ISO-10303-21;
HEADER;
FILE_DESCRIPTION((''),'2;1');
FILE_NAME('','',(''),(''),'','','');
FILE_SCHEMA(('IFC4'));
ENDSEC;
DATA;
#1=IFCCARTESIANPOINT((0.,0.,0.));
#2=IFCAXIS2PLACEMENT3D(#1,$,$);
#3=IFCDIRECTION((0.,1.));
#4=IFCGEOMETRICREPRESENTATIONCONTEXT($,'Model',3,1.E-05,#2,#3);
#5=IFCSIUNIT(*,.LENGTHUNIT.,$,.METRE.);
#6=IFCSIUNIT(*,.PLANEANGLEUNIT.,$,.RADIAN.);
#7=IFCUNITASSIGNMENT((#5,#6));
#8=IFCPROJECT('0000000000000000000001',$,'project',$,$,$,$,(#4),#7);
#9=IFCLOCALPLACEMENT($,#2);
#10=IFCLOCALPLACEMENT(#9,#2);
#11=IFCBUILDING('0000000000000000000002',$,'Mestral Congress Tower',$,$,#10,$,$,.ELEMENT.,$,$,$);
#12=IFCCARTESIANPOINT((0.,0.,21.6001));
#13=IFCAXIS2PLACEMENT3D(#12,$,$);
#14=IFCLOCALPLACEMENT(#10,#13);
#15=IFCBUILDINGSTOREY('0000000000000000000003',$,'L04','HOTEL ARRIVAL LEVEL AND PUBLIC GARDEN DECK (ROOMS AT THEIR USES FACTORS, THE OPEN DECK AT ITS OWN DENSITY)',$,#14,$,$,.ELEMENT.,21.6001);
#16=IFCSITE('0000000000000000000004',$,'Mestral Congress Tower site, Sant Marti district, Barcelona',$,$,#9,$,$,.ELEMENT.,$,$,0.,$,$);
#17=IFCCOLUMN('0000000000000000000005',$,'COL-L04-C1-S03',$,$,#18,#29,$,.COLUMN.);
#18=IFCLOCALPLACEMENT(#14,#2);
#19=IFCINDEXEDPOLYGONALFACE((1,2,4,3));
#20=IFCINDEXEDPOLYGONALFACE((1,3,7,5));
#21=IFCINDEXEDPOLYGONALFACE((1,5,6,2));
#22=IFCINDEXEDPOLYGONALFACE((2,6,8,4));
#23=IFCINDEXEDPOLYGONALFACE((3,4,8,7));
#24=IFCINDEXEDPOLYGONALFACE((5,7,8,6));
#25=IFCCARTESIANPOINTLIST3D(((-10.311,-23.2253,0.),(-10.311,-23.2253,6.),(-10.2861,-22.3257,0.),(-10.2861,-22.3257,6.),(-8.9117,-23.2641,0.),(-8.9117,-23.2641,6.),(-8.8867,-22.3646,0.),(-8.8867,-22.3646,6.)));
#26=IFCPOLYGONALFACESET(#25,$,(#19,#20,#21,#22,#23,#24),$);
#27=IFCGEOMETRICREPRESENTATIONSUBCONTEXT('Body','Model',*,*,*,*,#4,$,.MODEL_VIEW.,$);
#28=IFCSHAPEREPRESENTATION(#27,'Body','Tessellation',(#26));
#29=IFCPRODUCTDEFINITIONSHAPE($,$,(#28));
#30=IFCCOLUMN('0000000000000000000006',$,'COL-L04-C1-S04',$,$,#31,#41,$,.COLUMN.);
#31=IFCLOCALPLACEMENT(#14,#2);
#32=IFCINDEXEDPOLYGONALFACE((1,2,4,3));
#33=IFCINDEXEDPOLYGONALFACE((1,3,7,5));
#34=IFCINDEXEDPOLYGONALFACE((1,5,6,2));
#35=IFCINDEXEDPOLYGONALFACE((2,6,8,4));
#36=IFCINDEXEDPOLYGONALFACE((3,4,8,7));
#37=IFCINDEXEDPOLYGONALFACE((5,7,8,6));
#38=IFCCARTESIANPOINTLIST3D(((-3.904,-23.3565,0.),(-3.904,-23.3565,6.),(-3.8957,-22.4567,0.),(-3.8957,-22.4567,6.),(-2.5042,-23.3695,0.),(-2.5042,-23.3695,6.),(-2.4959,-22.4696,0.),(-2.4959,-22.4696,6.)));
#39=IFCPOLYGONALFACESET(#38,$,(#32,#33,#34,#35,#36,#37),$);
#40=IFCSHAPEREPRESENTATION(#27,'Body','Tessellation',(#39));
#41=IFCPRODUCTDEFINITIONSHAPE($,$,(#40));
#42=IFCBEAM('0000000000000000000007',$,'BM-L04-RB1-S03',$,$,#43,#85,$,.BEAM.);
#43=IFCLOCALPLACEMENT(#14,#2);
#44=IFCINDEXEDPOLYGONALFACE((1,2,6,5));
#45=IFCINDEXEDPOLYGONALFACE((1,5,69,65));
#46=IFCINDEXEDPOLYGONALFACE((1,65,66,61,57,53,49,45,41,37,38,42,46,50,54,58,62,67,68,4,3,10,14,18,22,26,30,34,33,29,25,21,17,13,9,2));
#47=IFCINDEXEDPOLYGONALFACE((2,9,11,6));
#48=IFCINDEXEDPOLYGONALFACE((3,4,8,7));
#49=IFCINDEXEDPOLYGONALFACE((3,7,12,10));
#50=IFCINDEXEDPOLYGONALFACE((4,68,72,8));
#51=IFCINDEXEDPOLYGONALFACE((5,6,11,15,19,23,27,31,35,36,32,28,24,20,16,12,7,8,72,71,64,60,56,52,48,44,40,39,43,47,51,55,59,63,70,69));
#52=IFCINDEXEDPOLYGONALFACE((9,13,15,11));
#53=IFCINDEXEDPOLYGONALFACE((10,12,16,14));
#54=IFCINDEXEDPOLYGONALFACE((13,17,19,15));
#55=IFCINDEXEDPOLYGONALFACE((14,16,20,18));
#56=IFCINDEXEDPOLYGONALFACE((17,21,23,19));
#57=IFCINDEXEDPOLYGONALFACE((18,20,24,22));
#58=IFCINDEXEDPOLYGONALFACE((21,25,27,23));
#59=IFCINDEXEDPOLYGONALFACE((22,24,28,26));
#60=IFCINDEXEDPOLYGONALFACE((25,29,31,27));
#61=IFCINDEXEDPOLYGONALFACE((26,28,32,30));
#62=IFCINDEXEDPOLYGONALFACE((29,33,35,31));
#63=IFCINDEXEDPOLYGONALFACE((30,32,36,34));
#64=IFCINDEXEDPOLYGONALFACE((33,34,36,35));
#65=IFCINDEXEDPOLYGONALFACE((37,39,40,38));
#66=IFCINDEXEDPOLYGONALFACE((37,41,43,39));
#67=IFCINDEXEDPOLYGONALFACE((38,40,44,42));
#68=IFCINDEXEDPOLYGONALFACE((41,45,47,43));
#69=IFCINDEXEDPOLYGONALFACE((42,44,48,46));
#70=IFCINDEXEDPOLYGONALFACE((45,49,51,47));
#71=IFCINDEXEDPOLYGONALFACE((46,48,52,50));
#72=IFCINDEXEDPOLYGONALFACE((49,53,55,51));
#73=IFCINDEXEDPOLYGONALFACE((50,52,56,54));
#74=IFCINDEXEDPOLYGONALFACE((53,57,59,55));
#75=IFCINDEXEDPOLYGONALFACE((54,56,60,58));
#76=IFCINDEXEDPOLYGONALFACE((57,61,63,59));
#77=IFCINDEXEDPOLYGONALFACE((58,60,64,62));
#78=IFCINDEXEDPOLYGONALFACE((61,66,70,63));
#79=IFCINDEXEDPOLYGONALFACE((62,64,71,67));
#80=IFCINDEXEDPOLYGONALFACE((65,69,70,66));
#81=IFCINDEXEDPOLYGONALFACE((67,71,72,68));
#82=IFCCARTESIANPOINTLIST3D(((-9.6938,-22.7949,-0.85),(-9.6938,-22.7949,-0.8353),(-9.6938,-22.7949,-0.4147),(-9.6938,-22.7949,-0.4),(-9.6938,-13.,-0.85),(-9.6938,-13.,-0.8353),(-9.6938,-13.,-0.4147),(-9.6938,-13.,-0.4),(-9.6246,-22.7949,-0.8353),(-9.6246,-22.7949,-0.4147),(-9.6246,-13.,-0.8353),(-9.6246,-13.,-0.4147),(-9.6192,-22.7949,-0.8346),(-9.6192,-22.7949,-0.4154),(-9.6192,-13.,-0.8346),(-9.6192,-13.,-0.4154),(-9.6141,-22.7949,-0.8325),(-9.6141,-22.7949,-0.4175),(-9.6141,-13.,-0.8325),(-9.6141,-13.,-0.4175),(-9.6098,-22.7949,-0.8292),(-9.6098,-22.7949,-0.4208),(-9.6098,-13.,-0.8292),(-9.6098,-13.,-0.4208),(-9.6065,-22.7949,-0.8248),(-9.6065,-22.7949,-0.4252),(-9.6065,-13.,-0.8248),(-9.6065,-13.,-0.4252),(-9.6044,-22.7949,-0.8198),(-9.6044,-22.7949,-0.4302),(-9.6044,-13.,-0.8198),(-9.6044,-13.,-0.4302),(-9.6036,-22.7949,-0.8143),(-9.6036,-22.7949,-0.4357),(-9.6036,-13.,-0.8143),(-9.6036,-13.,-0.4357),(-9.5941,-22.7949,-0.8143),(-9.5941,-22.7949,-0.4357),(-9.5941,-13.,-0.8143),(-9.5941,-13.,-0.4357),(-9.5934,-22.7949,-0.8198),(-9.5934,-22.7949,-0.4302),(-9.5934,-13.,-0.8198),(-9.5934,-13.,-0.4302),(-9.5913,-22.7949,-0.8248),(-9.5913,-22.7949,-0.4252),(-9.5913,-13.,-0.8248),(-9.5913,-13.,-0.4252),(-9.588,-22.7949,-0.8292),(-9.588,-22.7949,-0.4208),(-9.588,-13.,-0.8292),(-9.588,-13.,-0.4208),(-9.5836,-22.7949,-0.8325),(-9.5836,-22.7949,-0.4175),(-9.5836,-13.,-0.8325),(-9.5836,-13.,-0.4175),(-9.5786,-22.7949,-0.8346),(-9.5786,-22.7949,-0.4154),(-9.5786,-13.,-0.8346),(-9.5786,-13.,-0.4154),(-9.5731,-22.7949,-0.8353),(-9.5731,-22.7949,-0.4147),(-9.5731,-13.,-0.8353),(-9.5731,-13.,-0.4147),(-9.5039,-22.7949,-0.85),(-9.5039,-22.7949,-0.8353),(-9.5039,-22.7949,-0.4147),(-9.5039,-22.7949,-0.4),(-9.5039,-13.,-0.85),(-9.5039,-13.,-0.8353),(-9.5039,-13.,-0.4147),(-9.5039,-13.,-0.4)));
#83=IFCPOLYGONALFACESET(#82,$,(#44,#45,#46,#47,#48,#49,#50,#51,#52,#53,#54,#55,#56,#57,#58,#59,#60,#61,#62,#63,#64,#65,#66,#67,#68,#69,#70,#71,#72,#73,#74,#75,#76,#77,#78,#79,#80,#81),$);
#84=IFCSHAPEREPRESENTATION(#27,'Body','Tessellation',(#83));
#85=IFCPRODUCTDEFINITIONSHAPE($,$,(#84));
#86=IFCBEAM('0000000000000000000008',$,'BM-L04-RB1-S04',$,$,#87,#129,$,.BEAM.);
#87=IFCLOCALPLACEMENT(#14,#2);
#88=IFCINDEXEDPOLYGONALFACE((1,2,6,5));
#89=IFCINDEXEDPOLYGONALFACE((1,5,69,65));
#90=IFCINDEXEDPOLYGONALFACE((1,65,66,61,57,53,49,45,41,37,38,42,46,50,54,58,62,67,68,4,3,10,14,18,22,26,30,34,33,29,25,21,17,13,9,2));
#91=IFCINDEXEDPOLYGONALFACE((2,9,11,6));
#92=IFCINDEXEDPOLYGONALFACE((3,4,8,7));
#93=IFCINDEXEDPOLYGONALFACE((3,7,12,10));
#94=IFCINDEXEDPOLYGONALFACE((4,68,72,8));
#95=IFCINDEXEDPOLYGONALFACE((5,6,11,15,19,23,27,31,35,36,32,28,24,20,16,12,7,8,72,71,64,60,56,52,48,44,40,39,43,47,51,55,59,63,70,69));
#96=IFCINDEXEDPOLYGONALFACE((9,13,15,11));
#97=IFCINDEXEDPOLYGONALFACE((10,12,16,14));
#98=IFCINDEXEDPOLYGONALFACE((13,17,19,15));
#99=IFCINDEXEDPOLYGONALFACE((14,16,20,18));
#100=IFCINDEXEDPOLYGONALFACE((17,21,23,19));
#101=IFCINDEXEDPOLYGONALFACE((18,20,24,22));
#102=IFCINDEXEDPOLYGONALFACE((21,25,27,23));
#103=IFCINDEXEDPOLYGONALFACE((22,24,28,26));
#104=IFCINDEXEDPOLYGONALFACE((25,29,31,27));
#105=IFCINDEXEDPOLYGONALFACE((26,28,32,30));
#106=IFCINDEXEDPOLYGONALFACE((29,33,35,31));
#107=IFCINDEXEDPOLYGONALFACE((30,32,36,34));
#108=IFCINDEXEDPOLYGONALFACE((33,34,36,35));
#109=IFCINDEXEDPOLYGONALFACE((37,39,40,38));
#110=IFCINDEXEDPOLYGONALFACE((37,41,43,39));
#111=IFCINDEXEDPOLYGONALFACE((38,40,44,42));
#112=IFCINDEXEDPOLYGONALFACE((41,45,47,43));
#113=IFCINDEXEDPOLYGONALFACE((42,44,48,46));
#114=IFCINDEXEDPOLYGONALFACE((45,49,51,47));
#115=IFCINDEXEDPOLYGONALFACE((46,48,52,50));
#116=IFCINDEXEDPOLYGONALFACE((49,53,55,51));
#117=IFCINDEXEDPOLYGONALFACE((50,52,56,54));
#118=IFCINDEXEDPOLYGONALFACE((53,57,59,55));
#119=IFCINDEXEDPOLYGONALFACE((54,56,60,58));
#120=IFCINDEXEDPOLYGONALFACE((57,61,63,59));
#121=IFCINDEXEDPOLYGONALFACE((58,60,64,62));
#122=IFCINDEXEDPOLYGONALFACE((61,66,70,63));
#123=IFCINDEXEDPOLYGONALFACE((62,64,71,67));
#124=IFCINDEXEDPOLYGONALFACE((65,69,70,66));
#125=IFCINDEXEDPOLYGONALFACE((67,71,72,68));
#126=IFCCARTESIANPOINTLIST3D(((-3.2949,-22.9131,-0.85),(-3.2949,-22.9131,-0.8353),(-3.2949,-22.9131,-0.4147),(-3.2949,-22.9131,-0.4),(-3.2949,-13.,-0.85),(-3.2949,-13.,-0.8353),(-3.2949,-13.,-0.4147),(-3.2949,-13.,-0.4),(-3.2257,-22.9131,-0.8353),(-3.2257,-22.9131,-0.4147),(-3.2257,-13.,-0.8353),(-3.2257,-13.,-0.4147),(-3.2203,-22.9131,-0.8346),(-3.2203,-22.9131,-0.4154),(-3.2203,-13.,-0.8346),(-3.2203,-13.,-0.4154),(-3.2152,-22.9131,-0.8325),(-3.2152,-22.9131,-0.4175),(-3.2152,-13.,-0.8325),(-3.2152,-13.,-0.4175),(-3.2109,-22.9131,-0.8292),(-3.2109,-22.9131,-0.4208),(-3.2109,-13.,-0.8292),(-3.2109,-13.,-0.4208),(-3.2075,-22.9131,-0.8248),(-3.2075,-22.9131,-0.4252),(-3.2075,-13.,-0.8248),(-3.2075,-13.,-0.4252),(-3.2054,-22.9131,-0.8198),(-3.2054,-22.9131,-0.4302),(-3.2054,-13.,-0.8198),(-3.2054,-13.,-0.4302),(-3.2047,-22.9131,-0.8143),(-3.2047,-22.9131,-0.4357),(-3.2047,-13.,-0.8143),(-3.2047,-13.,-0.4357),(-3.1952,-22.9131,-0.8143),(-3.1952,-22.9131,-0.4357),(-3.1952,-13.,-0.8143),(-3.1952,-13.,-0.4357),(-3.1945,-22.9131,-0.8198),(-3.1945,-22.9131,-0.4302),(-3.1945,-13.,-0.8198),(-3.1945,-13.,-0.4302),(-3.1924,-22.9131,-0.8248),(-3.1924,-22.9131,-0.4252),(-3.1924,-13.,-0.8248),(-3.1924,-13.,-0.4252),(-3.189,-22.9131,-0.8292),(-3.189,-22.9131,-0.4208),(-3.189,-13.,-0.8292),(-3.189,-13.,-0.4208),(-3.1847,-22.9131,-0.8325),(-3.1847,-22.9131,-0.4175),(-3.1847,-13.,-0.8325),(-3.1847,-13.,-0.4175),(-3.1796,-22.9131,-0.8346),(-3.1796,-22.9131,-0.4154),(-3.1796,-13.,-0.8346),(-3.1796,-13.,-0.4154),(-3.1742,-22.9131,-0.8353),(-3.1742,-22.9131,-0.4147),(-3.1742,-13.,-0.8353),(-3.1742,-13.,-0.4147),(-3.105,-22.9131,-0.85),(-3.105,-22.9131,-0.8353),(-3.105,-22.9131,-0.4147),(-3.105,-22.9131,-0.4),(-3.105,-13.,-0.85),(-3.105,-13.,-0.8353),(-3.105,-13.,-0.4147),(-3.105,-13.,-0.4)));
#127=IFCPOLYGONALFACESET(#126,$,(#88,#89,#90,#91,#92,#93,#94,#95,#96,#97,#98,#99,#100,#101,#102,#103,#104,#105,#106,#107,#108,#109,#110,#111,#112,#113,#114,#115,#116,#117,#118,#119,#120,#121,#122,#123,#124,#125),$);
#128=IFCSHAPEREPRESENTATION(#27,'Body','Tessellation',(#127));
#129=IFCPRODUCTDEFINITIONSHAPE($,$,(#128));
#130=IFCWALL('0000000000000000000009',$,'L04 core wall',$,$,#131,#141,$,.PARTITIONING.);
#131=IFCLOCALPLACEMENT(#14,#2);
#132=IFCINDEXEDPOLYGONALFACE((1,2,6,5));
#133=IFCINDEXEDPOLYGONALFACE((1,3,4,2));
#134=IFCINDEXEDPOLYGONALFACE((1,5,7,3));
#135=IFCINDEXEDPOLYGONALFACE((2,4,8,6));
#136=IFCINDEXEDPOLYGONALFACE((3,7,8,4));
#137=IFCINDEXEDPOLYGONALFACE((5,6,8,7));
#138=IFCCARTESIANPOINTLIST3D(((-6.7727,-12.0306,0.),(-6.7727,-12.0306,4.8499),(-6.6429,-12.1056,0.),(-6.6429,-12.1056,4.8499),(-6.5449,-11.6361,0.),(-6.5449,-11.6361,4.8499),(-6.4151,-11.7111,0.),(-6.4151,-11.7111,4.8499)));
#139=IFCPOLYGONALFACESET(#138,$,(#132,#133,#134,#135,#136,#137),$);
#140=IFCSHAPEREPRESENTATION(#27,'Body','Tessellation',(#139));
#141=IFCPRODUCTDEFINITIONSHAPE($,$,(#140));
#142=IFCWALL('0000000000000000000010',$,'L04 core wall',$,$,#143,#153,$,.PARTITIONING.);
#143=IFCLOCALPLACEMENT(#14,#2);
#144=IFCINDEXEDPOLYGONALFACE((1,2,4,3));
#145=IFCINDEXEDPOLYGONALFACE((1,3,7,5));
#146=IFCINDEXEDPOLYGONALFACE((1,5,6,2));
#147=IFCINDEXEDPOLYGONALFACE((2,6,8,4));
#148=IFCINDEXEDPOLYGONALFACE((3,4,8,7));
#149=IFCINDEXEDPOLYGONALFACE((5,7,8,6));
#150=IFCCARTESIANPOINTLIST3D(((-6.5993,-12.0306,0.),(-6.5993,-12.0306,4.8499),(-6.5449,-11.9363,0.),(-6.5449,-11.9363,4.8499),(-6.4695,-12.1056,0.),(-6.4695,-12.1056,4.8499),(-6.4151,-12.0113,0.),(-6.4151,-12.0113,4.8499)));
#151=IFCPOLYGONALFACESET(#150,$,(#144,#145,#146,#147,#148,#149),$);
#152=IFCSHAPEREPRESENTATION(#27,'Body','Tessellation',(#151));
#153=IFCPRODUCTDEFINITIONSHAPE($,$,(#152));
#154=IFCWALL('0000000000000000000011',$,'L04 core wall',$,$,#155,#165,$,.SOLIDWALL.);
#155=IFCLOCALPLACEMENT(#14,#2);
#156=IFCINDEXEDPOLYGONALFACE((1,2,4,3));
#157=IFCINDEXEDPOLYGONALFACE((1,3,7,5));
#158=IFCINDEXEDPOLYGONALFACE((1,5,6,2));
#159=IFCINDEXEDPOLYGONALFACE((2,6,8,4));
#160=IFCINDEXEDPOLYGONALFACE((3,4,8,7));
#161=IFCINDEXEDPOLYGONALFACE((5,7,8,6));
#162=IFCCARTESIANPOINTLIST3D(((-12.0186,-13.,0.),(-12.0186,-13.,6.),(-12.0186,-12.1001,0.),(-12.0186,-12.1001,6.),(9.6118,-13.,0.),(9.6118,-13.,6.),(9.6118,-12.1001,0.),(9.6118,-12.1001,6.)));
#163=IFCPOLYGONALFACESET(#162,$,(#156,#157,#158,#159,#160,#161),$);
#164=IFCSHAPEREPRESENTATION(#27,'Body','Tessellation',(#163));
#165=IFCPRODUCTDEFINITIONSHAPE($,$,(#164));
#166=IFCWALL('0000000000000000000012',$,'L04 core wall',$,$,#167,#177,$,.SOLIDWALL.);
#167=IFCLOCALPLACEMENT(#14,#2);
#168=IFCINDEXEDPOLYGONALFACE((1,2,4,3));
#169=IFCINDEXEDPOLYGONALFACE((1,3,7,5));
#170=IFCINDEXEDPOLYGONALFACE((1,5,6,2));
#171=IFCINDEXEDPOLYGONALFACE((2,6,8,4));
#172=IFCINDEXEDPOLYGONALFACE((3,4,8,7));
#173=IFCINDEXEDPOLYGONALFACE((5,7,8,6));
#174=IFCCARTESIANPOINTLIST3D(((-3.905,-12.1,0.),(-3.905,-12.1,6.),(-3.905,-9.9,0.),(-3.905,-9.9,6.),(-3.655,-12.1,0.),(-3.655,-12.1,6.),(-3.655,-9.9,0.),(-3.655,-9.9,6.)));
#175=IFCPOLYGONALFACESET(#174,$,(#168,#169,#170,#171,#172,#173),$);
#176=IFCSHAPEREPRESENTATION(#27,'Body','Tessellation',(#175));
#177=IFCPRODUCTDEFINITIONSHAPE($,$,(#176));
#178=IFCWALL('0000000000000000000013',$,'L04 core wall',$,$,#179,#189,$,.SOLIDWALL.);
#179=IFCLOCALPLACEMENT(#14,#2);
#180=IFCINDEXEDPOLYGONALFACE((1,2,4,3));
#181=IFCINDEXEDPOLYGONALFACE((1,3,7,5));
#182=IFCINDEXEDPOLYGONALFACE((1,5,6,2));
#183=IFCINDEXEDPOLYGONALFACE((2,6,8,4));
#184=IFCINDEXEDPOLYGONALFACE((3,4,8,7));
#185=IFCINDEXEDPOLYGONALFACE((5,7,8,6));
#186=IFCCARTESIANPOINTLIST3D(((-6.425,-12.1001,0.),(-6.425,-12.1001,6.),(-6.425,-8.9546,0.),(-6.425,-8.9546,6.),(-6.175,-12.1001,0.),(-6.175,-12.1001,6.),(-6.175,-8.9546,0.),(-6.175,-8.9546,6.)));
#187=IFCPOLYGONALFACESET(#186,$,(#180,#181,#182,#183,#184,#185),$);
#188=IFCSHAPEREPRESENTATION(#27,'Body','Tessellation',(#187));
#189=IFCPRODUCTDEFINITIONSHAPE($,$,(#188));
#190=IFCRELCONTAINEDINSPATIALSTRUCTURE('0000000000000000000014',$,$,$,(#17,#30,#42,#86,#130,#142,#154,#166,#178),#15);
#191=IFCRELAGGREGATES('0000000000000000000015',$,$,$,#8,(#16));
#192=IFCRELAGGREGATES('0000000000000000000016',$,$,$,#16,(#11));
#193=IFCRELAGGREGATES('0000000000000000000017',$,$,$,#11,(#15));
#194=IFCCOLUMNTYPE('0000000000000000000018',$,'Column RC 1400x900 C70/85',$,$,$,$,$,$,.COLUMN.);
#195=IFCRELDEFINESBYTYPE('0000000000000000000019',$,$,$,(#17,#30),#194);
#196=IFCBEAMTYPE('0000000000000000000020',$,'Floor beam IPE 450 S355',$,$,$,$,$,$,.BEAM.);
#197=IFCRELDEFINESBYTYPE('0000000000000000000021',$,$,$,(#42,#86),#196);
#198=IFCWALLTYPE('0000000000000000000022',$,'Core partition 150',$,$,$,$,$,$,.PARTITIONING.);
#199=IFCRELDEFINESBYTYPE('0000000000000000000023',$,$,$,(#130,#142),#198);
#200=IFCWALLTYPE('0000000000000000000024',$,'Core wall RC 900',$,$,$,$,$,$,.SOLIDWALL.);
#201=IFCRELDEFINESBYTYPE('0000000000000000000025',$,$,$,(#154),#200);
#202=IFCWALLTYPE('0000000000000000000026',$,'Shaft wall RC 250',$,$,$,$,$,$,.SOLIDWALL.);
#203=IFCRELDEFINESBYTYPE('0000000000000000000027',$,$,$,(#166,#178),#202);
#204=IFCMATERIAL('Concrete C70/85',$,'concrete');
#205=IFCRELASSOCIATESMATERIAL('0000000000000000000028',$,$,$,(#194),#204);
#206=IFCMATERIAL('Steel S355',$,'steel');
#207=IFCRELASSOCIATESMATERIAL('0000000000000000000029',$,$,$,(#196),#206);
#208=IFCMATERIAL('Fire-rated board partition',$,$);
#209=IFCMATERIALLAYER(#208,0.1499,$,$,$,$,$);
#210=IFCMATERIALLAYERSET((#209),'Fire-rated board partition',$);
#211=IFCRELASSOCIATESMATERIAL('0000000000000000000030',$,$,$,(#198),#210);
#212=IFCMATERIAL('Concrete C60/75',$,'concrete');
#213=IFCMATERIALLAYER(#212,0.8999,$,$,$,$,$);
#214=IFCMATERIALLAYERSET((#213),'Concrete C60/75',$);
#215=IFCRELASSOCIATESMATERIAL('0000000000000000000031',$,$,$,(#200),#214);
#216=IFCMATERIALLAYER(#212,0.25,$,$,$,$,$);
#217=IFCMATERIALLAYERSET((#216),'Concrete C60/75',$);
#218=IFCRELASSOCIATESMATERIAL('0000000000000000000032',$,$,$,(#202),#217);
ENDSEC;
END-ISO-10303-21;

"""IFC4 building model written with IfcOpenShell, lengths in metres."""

from ifc_helpers import new_model, si_unit, direction, frame, frame_2d, origin, origin_2d, place, context, subcontext, project, spatial, rectangle, i_section, extrude, material, layer, layer_set, material_profile, profile_set, type_object, element, save


model = new_model("IFC4")

# Units and contexts
model_context = context("Model", 3, precision=1e-05, world=origin(), true_north=direction((0.0, 1.0)))
body_context = subcontext(model_context, "Body", "Model", "MODEL_VIEW")
ifc_project = project(units=[si_unit("LENGTHUNIT", "METRE"), si_unit("PLANEANGLEUNIT", "RADIAN")], contexts=[model_context])

# Site, building, storey
site_placement = place(None, origin())
site = spatial("IfcSite", under=ifc_project, at=site_placement, Name="Mestral Congress Tower site, Sant Marti district, Barcelona", CompositionType="ELEMENT", RefElevation=0.0)
building_placement = place(site_placement, origin())
building = spatial("IfcBuilding", under=site, at=building_placement, Name="Mestral Congress Tower", CompositionType="ELEMENT")
storey_placement = place(building_placement, frame((0.0, 0.0, 21.6001)))
storey = spatial("IfcBuildingStorey", under=building, at=storey_placement, Name="L04", Description="HOTEL ARRIVAL LEVEL AND PUBLIC GARDEN DECK (ROOMS AT THEIR USES FACTORS, THE OPEN DECK AT ITS OWN DENSITY)", CompositionType="ELEMENT", Elevation=21.6001)

# Columns
ifc_material_1 = material(Name="Concrete C70/85", Category="concrete")
ifc_material_profile_1 = material_profile(ifc_material_1, rectangle(XDim=1.3999, YDim=0.8999, at=origin_2d()), Name="RC 1400x900")
ifc_profile_set_1 = profile_set([ifc_material_profile_1], Name="Concrete C70/85")
column_type = type_object("IfcColumnType", Name="Column RC 1400x900 C70/85", PredefinedType="COLUMN", material=ifc_profile_set_1)
for number, where, z_axis, x_axis, name in (
    (1, (-9.5989, -22.7949, 0.0), (0.0, 0.0, 1.0), (0.999616, -0.027726, 0.0), "COL-L04-C1-S03"),
    (2, (-3.2, -22.9131, 0.0), (0.0, 0.0, 1.0), (0.999957, -0.009243, 0.0), "COL-L04-C1-S04"),
):
    element("IfcColumn", number, at=place(storey_placement, frame(where, z_axis=z_axis, x_axis=x_axis)), inside=storey, type_object=column_type, Name=name, PredefinedType="COLUMN", context=body_context, shape_type="SweptSolid", body=[
        extrude(rectangle(XDim=1.3999, YDim=0.8999, at=origin_2d()), origin(), (0.0, 0.0, 1.0), 6.0),
    ])

# Beams
ifc_material_2 = material(Name="Steel S355", Category="steel")
ifc_material_profile_2 = material_profile(ifc_material_2, i_section(OverallWidth=0.1899, OverallDepth=0.45, WebThickness=0.0095, FlangeThickness=0.0146, FilletRadius=0.021, at=origin_2d()), Name="IPE 450")
ifc_profile_set_2 = profile_set([ifc_material_profile_2], Name="Steel S355")
beam_type = type_object("IfcBeamType", Name="Floor beam IPE 450 S355", PredefinedType="BEAM", material=ifc_profile_set_2)
beam_1_placement = place(storey_placement, frame((-9.5989, -22.7949, -0.625), z_axis=(0.0, 1.0, 0.0), x_axis=(-1.0, 0.0, 0.0)))
element("IfcBeam", 3, at=beam_1_placement, inside=storey, type_object=beam_type, Name="BM-L04-RB1-S03", PredefinedType="BEAM", context=body_context, shape_type="SweptSolid", body=[
    extrude(i_section(OverallWidth=0.1899, OverallDepth=0.45, WebThickness=0.0095, FlangeThickness=0.0146, FilletRadius=0.021, at=origin_2d()), origin(), (0.0, 0.0, 1.0), 9.7949),
])
beam_2_placement = place(storey_placement, frame((-3.2, -22.9131, -0.625), z_axis=(0.0, 1.0, 0.0), x_axis=(-1.0, 0.0, 0.0)))
element("IfcBeam", 4, at=beam_2_placement, inside=storey, type_object=beam_type, Name="BM-L04-RB1-S04", PredefinedType="BEAM", context=body_context, shape_type="SweptSolid", body=[
    extrude(i_section(OverallWidth=0.1899, OverallDepth=0.45, WebThickness=0.0095, FlangeThickness=0.0146, FilletRadius=0.021, at=origin_2d()), origin(), (0.0, 0.0, 1.0), 9.9131),
])

# Walls
ifc_material_3 = material(Name="Fire-rated board partition")
ifc_layer_1 = layer(ifc_material_3, 0.1499)
ifc_layer_set_1 = layer_set([ifc_layer_1], Name="Fire-rated board partition")
wall_type_1 = type_object("IfcWallType", Name="Core partition 150", PredefinedType="PARTITIONING", material=ifc_layer_set_1)
wall_1_placement = place(storey_placement, frame((-6.7078, -12.0681, 0.0), z_axis=(0.0, 0.0, 1.0), x_axis=(0.500001, 0.866025, 0.0)))
element("IfcWall", 5, at=wall_1_placement, inside=storey, type_object=wall_type_1, Name="L04 core wall", PredefinedType="PARTITIONING", context=body_context, shape_type="SweptSolid", body=[
    extrude(rectangle(XDim=0.4556, YDim=0.1499, at=frame_2d((0.2278, 0.0))), origin(), (0.0, 0.0, 1.0), 4.8499),
])
wall_2_placement = place(storey_placement, frame((-6.5344, -12.0681, 0.0), z_axis=(0.0, 0.0, 1.0), x_axis=(0.50024, 0.865887, 0.0)))
element("IfcWall", 6, at=wall_2_placement, inside=storey, type_object=wall_type_1, Name="L04 core wall", PredefinedType="PARTITIONING", context=body_context, shape_type="SweptSolid", body=[
    extrude(rectangle(XDim=0.1089, YDim=0.1499, at=frame_2d((0.0544, 0.0))), origin(), (0.0, 0.0, 1.0), 4.8499),
])
ifc_material_4 = material(Name="Concrete C60/75", Category="concrete")
ifc_layer_2 = layer(ifc_material_4, 0.8999)
ifc_layer_set_2 = layer_set([ifc_layer_2], Name="Concrete C60/75")
wall_type_2 = type_object("IfcWallType", Name="Core wall RC 900", PredefinedType="SOLIDWALL", material=ifc_layer_set_2)
wall_3_placement = place(storey_placement, frame((-12.0186, -12.55, 0.0), z_axis=(0.0, 0.0, 1.0), x_axis=(1.0, 0.0, 0.0)))
element("IfcWall", 7, at=wall_3_placement, inside=storey, type_object=wall_type_2, Name="L04 core wall", PredefinedType="SOLIDWALL", context=body_context, shape_type="SweptSolid", body=[
    extrude(rectangle(XDim=21.6304, YDim=0.8999, at=frame_2d((10.8152, 0.0))), origin(), (0.0, 0.0, 1.0), 6.0),
])
ifc_layer_3 = layer(ifc_material_4, 0.25)
ifc_layer_set_3 = layer_set([ifc_layer_3], Name="Concrete C60/75")
wall_type_3 = type_object("IfcWallType", Name="Shaft wall RC 250", PredefinedType="SOLIDWALL", material=ifc_layer_set_3)
wall_4_placement = place(storey_placement, frame((-3.78, -12.1001, 0.0), z_axis=(0.0, 0.0, 1.0), x_axis=(0.0, 1.0, 0.0)))
element("IfcWall", 8, at=wall_4_placement, inside=storey, type_object=wall_type_3, Name="L04 core wall", PredefinedType="SOLIDWALL", context=body_context, shape_type="SweptSolid", body=[
    extrude(rectangle(XDim=2.2, YDim=0.25, at=frame_2d((1.1001, 0.0))), origin(), (0.0, 0.0, 1.0), 6.0),
])
wall_5_placement = place(storey_placement, frame((-6.3, -12.1001, 0.0), z_axis=(0.0, 0.0, 1.0), x_axis=(0.0, 1.0, 0.0)))
element("IfcWall", 9, at=wall_5_placement, inside=storey, type_object=wall_type_3, Name="L04 core wall", PredefinedType="SOLIDWALL", context=body_context, shape_type="SweptSolid", body=[
    extrude(rectangle(XDim=3.1455, YDim=0.25, at=frame_2d((1.5728, 0.0))), origin(), (0.0, 0.0, 1.0), 6.0),
])

save(model, "model.ifc")
